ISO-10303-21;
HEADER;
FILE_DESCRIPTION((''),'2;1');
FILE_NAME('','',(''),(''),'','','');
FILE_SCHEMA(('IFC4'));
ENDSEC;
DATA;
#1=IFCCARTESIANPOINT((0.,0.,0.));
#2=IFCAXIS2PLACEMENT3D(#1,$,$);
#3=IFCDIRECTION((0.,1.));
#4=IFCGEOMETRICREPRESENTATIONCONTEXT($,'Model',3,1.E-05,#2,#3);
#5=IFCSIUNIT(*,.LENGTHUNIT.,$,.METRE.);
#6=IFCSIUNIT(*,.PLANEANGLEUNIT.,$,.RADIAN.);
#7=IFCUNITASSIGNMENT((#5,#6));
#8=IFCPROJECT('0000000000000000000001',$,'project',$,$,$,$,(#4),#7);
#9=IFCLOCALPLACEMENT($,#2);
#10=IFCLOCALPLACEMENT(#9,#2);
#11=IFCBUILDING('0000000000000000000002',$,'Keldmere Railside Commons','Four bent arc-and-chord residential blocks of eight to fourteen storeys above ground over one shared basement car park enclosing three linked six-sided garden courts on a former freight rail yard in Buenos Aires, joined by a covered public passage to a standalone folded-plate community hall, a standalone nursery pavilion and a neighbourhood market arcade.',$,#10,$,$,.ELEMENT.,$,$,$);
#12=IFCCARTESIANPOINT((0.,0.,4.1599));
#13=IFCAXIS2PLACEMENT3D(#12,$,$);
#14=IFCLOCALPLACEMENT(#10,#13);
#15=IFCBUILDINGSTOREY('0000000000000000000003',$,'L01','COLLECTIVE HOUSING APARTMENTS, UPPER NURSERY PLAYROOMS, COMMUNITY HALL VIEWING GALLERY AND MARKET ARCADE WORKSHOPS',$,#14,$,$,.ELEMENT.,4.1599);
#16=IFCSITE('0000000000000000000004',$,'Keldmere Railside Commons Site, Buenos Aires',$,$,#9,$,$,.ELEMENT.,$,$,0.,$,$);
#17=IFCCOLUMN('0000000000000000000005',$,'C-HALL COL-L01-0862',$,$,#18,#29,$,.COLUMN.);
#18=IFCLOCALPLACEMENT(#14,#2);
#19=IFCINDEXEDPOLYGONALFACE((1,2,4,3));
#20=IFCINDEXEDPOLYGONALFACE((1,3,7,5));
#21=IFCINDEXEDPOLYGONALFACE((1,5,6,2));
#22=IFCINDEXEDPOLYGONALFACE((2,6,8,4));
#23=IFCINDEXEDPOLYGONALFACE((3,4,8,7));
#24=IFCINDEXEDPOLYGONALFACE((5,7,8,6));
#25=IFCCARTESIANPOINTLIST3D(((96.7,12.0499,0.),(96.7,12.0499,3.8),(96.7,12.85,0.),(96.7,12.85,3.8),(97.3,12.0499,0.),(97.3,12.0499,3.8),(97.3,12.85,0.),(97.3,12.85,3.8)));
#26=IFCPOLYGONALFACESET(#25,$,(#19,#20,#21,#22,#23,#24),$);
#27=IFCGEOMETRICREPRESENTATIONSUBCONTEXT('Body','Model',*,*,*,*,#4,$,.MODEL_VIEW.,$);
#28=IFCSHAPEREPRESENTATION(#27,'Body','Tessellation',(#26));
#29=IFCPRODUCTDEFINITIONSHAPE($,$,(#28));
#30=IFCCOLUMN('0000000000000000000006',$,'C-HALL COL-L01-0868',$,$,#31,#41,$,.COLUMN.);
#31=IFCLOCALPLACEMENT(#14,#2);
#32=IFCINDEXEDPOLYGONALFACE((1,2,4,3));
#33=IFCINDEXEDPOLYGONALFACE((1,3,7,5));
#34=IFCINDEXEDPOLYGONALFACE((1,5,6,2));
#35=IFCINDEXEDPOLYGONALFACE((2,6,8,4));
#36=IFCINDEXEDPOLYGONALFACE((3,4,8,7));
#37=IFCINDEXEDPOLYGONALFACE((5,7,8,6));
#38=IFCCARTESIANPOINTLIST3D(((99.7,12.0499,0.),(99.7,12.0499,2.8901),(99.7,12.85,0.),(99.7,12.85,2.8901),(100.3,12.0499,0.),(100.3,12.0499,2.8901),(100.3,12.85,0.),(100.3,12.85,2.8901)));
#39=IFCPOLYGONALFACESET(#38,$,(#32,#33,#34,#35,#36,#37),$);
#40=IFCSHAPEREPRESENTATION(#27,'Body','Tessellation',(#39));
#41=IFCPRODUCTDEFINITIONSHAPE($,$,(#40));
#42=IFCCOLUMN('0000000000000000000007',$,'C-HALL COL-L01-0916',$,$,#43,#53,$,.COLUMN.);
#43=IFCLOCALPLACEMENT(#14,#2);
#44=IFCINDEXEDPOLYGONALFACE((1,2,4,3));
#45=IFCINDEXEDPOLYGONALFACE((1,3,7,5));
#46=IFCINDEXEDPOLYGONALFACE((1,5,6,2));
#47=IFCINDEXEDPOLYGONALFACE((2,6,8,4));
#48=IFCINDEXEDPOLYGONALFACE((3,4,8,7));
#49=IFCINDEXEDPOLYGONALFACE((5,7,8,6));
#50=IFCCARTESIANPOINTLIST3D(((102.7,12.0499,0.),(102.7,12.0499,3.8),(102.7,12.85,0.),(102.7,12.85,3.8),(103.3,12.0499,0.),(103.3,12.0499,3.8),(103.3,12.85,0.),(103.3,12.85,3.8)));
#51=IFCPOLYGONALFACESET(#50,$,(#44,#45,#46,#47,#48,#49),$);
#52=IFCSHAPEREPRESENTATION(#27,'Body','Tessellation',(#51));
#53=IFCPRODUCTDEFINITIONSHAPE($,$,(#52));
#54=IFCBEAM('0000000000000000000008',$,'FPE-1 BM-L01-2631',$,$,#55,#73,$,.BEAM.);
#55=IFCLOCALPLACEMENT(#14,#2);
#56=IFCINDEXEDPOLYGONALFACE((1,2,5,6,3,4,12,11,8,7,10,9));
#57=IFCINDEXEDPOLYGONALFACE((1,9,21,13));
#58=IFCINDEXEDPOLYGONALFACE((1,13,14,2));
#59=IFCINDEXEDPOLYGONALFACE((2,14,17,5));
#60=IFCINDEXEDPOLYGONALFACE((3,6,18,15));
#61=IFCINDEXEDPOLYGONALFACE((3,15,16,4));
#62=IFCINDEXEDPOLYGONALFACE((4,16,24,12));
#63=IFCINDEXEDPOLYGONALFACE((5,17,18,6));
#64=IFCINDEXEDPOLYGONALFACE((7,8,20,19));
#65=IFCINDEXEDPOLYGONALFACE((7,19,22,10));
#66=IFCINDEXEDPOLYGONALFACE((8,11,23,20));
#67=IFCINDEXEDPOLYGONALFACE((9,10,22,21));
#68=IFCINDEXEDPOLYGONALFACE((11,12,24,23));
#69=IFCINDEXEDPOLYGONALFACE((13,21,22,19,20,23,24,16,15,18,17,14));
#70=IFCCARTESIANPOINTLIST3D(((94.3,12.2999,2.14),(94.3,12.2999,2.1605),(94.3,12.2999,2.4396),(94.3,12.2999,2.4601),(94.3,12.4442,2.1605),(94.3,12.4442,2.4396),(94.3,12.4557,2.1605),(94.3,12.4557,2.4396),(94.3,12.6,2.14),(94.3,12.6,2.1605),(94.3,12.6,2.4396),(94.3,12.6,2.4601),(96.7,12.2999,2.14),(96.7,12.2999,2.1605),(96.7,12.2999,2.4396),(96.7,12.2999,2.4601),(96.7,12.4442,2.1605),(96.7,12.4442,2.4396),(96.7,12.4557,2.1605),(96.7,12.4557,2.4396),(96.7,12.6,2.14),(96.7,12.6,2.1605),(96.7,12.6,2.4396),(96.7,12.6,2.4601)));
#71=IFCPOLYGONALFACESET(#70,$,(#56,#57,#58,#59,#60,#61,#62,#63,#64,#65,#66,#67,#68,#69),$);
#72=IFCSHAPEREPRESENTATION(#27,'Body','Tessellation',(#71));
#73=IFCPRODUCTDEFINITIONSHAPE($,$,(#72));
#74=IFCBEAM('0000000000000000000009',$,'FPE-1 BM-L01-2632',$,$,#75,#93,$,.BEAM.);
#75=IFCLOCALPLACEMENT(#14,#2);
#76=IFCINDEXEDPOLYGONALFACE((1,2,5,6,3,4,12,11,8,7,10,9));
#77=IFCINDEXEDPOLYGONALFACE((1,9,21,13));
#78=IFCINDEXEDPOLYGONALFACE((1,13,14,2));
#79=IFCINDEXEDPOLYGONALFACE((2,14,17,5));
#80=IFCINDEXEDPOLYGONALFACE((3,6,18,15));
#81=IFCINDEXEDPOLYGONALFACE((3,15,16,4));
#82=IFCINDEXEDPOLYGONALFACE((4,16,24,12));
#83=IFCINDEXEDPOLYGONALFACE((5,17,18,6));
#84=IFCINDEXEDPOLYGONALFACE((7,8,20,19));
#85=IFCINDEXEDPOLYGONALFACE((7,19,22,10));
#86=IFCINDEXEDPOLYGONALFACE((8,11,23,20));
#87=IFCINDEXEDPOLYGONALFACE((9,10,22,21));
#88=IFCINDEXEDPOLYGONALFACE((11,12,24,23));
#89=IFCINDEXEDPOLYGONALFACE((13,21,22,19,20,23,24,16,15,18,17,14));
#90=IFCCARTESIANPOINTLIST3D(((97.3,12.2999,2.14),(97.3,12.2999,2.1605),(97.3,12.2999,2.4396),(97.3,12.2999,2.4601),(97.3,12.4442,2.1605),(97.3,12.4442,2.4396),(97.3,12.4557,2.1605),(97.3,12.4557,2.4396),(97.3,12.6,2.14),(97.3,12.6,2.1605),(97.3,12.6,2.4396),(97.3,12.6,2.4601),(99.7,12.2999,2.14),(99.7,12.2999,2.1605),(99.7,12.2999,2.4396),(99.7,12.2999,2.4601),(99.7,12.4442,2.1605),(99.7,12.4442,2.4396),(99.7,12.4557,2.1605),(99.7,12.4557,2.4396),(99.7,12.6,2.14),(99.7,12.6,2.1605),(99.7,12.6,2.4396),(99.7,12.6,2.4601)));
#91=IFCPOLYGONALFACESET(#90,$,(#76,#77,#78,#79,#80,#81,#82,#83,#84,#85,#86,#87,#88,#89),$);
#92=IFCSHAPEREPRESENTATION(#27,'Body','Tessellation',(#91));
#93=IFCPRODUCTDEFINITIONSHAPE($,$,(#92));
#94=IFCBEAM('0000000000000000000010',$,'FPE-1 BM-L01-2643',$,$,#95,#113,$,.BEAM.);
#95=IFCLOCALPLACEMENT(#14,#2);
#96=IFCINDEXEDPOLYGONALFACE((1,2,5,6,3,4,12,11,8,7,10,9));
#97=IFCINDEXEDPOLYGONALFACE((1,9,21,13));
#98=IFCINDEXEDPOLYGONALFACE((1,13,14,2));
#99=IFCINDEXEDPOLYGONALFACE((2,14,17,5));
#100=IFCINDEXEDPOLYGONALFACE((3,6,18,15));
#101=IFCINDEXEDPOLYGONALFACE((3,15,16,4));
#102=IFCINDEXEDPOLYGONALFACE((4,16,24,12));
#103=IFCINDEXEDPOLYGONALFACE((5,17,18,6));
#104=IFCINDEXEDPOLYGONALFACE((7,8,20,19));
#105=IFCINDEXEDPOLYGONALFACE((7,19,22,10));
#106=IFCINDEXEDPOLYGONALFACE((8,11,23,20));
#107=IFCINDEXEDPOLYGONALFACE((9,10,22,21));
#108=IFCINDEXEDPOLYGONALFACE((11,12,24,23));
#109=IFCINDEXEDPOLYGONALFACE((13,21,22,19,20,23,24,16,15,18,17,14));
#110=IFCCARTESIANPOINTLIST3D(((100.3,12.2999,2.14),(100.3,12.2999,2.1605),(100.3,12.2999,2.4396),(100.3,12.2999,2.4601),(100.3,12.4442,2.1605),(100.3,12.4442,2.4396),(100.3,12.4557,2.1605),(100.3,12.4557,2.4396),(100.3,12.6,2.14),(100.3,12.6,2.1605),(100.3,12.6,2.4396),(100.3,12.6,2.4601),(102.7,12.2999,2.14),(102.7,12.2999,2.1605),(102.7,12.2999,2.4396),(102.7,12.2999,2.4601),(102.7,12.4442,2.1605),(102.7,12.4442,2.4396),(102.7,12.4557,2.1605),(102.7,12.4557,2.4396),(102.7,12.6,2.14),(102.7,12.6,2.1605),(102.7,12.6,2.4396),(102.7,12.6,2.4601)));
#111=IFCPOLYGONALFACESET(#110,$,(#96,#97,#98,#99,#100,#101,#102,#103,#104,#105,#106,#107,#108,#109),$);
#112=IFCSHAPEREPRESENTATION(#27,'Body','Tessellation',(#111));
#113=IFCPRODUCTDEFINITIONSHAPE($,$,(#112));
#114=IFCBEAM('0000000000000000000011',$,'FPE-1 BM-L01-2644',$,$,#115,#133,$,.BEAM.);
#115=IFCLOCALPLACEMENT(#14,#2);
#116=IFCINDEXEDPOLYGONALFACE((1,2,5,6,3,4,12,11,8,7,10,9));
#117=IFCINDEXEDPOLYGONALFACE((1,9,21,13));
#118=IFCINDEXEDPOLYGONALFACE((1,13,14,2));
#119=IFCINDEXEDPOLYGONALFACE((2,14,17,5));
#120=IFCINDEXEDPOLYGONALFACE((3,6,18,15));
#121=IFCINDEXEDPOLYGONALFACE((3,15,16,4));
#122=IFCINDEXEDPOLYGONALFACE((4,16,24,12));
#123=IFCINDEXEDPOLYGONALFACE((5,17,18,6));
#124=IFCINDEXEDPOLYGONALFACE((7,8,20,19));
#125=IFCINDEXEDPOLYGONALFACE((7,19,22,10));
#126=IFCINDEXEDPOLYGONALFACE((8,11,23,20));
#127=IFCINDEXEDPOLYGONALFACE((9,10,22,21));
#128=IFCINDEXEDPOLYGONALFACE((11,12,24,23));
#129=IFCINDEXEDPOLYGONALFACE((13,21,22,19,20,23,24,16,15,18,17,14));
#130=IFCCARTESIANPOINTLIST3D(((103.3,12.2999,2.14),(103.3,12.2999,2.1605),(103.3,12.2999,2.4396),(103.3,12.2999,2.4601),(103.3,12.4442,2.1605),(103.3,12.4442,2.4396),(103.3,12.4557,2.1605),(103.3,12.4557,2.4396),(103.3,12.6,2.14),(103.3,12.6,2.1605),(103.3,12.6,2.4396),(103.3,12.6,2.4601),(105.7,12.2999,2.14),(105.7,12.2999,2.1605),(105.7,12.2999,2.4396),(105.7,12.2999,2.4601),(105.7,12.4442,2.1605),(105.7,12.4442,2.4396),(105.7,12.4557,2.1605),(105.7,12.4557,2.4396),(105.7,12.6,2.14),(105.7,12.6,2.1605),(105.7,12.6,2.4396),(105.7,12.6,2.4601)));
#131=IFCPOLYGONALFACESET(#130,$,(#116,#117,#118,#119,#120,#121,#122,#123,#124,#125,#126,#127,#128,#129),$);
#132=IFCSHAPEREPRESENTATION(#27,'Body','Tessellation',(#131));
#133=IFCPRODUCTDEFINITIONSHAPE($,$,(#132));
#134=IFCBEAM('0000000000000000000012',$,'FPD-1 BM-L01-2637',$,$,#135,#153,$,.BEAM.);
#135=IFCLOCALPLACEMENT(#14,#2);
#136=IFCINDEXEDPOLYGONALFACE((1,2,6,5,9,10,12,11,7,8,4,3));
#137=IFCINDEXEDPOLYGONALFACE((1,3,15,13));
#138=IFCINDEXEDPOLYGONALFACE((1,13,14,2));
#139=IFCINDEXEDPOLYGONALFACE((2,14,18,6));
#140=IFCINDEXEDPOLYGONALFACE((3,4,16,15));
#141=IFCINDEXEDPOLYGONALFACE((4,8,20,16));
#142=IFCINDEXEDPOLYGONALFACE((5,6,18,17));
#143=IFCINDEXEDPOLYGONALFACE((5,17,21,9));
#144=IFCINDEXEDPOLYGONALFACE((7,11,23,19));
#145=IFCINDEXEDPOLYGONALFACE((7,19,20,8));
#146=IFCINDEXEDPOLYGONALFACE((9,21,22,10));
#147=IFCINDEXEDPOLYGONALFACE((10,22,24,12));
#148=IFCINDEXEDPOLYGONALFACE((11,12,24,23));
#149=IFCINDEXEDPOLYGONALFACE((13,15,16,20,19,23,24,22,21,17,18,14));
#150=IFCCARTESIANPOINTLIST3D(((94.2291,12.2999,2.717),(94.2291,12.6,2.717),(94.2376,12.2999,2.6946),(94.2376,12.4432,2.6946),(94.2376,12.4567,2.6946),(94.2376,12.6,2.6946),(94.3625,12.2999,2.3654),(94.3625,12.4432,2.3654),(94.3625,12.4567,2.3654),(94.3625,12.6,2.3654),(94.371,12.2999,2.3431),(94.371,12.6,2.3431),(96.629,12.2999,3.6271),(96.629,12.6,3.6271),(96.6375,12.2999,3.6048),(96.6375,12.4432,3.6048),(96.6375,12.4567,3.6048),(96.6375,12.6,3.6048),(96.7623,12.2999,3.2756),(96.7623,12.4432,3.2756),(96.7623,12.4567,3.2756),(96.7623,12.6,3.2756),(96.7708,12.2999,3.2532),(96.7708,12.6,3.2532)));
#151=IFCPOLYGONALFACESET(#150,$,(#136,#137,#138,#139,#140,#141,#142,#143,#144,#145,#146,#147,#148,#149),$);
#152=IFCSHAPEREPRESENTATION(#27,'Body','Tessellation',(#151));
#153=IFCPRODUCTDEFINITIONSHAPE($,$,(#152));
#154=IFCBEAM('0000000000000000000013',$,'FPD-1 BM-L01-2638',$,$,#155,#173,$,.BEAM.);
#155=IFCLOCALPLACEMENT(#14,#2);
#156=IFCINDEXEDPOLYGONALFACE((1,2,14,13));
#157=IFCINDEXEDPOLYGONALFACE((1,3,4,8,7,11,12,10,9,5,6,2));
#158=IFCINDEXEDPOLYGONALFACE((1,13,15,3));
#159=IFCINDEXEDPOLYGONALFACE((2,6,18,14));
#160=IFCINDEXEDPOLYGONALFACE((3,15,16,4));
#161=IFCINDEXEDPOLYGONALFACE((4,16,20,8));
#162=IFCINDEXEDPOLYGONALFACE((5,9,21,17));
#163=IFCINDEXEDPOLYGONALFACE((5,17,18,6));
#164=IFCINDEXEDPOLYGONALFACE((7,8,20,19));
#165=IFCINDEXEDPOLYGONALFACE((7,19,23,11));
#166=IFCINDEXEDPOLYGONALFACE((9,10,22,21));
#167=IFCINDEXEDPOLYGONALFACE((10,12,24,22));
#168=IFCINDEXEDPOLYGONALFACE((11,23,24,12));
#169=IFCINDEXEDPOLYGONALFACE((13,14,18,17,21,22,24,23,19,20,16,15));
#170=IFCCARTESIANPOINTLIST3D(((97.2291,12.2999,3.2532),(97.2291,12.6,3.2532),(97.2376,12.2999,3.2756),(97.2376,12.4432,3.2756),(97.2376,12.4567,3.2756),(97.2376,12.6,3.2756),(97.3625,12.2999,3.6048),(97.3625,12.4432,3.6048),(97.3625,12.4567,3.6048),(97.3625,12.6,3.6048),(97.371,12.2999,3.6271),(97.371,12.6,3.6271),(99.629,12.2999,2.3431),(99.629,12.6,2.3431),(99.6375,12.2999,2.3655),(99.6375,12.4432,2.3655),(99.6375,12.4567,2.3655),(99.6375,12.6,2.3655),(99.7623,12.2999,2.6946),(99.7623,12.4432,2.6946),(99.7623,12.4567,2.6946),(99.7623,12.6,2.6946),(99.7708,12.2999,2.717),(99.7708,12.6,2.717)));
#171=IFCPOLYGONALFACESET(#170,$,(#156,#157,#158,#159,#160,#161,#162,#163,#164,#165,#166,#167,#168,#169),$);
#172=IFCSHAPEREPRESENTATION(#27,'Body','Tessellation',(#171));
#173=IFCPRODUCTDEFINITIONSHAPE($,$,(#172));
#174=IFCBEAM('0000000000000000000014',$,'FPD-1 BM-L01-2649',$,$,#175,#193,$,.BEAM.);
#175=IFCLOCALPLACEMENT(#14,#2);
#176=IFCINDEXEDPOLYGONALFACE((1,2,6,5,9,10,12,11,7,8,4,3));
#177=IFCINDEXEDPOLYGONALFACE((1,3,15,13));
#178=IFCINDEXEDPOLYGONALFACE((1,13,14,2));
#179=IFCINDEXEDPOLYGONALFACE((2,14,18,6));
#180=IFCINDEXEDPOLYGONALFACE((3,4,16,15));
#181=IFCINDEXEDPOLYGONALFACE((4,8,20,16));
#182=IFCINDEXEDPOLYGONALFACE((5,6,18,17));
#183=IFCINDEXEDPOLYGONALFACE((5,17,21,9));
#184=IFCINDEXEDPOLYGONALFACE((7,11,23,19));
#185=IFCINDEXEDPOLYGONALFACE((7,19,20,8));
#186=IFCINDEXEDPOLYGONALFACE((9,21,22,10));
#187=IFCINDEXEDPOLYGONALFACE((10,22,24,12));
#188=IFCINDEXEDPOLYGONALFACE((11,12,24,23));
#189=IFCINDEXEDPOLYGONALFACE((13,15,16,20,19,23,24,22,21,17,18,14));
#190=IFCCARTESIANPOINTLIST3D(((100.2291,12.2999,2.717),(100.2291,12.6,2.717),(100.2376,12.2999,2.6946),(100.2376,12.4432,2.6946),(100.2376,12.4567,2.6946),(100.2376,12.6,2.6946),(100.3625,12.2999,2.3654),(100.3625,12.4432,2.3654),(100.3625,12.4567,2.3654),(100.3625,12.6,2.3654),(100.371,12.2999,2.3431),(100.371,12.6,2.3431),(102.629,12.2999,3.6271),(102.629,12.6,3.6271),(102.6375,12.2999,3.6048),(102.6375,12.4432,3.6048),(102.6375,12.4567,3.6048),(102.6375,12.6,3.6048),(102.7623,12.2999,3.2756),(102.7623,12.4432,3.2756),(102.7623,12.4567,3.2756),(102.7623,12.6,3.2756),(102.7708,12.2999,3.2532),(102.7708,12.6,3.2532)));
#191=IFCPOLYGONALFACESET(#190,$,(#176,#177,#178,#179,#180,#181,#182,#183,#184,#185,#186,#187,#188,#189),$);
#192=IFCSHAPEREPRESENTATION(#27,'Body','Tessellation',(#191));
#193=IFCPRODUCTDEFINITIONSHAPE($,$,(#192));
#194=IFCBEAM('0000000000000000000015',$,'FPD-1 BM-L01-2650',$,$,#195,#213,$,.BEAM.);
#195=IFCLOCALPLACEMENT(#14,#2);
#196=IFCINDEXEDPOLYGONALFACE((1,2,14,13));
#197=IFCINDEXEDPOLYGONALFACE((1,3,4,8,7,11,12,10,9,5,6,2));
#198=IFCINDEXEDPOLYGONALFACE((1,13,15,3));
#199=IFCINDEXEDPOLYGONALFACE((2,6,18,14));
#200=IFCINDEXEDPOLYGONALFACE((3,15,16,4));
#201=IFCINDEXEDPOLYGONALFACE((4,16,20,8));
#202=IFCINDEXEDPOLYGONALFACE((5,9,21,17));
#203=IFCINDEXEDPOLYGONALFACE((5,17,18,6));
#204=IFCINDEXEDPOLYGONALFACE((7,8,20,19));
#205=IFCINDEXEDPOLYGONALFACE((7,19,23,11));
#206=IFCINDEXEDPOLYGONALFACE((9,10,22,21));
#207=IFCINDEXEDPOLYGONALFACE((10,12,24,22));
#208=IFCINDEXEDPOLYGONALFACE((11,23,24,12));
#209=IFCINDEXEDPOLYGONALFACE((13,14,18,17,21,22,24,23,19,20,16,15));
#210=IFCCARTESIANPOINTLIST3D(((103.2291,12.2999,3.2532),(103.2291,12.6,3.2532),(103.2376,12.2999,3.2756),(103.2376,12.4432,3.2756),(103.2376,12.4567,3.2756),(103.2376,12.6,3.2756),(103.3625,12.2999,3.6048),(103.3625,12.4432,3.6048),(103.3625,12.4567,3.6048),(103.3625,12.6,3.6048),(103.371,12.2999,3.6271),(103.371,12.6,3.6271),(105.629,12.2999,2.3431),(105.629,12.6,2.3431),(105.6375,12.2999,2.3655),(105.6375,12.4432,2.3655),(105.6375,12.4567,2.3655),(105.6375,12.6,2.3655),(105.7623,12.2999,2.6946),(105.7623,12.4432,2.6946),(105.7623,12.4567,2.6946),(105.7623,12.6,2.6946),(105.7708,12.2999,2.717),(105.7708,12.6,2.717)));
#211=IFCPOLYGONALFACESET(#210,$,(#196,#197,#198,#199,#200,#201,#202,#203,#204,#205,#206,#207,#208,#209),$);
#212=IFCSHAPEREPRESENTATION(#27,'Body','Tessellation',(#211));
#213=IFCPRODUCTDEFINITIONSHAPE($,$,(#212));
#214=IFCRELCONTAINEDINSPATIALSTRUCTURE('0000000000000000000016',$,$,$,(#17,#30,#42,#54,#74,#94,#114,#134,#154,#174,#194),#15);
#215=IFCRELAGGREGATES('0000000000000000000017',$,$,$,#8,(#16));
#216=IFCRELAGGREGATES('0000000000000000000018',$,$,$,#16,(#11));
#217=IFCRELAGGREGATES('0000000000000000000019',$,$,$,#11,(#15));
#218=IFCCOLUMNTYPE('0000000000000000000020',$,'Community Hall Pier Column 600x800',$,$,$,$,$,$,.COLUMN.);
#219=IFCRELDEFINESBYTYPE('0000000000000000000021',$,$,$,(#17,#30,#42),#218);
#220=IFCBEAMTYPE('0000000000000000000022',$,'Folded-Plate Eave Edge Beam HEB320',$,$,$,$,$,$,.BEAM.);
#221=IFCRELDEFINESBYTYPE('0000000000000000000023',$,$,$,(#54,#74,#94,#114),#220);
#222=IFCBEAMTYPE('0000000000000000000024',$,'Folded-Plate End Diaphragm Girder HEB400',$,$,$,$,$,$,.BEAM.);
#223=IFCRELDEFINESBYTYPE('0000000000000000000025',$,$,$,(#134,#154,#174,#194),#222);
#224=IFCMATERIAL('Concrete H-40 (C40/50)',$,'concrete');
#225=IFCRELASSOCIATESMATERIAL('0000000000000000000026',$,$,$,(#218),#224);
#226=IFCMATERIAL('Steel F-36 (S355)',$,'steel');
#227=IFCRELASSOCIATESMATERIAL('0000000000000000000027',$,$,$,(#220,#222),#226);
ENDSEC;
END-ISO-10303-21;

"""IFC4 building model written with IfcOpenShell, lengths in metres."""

from ifc_helpers import new_model, si_unit, direction, frame, origin, origin_2d, place, context, subcontext, project, spatial, rectangle, i_section, extrude, material, material_profile, profile_set, type_object, element, save


model = new_model("IFC4")

# Units and contexts
model_context = context("Model", 3, precision=1e-05, world=origin(), true_north=direction((0.0, 1.0)))
body_context = subcontext(model_context, "Body", "Model", "MODEL_VIEW")
ifc_project = project(units=[si_unit("LENGTHUNIT", "METRE"), si_unit("PLANEANGLEUNIT", "RADIAN")], contexts=[model_context])

# Site, building, storey
site_placement = place(None, origin())
site = spatial("IfcSite", under=ifc_project, at=site_placement, Name="Keldmere Railside Commons Site, Buenos Aires", CompositionType="ELEMENT", RefElevation=0.0)
building_placement = place(site_placement, origin())
building = spatial("IfcBuilding", under=site, at=building_placement, Name="Keldmere Railside Commons", Description="Four bent arc-and-chord residential blocks of eight to fourteen storeys above ground over one shared basement car park enclosing three linked six-sided garden courts on a former freight rail yard in Buenos Aires, joined by a covered public passage to a standalone folded-plate community hall, a standalone nursery pavilion and a neighbourhood market arcade.", CompositionType="ELEMENT")
storey_placement = place(building_placement, frame((0.0, 0.0, 4.1599)))
storey = spatial("IfcBuildingStorey", under=building, at=storey_placement, Name="L01", Description="COLLECTIVE HOUSING APARTMENTS, UPPER NURSERY PLAYROOMS, COMMUNITY HALL VIEWING GALLERY AND MARKET ARCADE WORKSHOPS", CompositionType="ELEMENT", Elevation=4.1599)

# Columns
ifc_material_1 = material(Name="Concrete H-40 (C40/50)", Category="concrete")
ifc_material_profile_1 = material_profile(ifc_material_1, rectangle(XDim=0.6001, YDim=0.8, at=origin_2d()), Name="RC-600x800")
ifc_profile_set_1 = profile_set([ifc_material_profile_1], Name="Concrete H-40 (C40/50)")
column_type = type_object("IfcColumnType", Name="Community Hall Pier Column 600x800", PredefinedType="COLUMN", material=ifc_profile_set_1)
column_1_placement = place(storey_placement, frame((97.0, 12.45, 0.0), z_axis=(0.0, 0.0, 1.0), x_axis=(1.0, 0.0, 0.0)))
element("IfcColumn", 1, at=column_1_placement, inside=storey, type_object=column_type, Name="C-HALL COL-L01-0862", PredefinedType="COLUMN", context=body_context, shape_type="SweptSolid", body=[
    extrude(rectangle(XDim=0.6001, YDim=0.8, at=origin_2d()), origin(), (0.0, 0.0, 1.0), 3.8),
])
column_2_placement = place(storey_placement, frame((100.0, 12.45, 0.0), z_axis=(0.0, 0.0, 1.0), x_axis=(1.0, 0.0, 0.0)))
element("IfcColumn", 2, at=column_2_placement, inside=storey, type_object=column_type, Name="C-HALL COL-L01-0868", PredefinedType="COLUMN", context=body_context, shape_type="SweptSolid", body=[
    extrude(rectangle(XDim=0.6001, YDim=0.8, at=origin_2d()), origin(), (0.0, 0.0, 1.0), 2.8901),
])
column_3_placement = place(storey_placement, frame((103.0, 12.45, 0.0), z_axis=(0.0, 0.0, 1.0), x_axis=(1.0, 0.0, 0.0)))
element("IfcColumn", 3, at=column_3_placement, inside=storey, type_object=column_type, Name="C-HALL COL-L01-0916", PredefinedType="COLUMN", context=body_context, shape_type="SweptSolid", body=[
    extrude(rectangle(XDim=0.6001, YDim=0.8, at=origin_2d()), origin(), (0.0, 0.0, 1.0), 3.8),
])

# Beams
ifc_material_2 = material(Name="Steel F-36 (S355)", Category="steel")
ifc_material_profile_2 = material_profile(ifc_material_2, i_section(OverallWidth=0.3, OverallDepth=0.3201, WebThickness=0.0115, FlangeThickness=0.0205, at=origin_2d()), Name="HEB-320")
ifc_profile_set_2 = profile_set([ifc_material_profile_2], Name="Steel F-36 (S355)")
beam_type_1 = type_object("IfcBeamType", Name="Folded-Plate Eave Edge Beam HEB320", PredefinedType="BEAM", material=ifc_profile_set_2)
for number, where, z_axis, x_axis, name in (
    (4, (94.3, 12.45, 2.3), (1.0, 0.0, 0.0), (0.0, 1.0, 0.0), "FPE-1 BM-L01-2631"),
    (5, (97.3, 12.45, 2.3), (1.0, 0.0, 0.0), (0.0, 1.0, 0.0), "FPE-1 BM-L01-2632"),
    (6, (100.3, 12.45, 2.3), (1.0, 0.0, 0.0), (0.0, 1.0, 0.0), "FPE-1 BM-L01-2643"),
    (7, (103.3, 12.45, 2.3), (1.0, 0.0, 0.0), (0.0, 1.0, 0.0), "FPE-1 BM-L01-2644"),
):
    element("IfcBeam", number, at=place(storey_placement, frame(where, z_axis=z_axis, x_axis=x_axis)), inside=storey, type_object=beam_type_1, Name=name, PredefinedType="BEAM", context=body_context, shape_type="SweptSolid", body=[
        extrude(i_section(OverallWidth=0.3, OverallDepth=0.3201, WebThickness=0.0115, FlangeThickness=0.0205, at=origin_2d()), origin(), (0.0, 0.0, 1.0), 2.3999),
    ])
ifc_material_profile_3 = material_profile(ifc_material_2, i_section(OverallWidth=0.3, OverallDepth=0.3999, WebThickness=0.0134, FlangeThickness=0.0239, at=origin_2d()), Name="HEB-400")
ifc_profile_set_3 = profile_set([ifc_material_profile_3], Name="Steel F-36 (S355)")
beam_type_2 = type_object("IfcBeamType", Name="Folded-Plate End Diaphragm Girder HEB400", PredefinedType="BEAM", material=ifc_profile_set_3)
for number, where, z_axis, x_axis, name in (
    (8, (94.3, 12.45, 2.53), (0.935017, 0.0, 0.354603), (0.0, 1.0, 0.0), "FPD-1 BM-L01-2637"),
    (9, (97.3, 12.45, 3.4402), (0.935017, 0.0, -0.354603), (0.0, 1.0, 0.0), "FPD-1 BM-L01-2638"),
    (10, (100.3, 12.45, 2.53), (0.935017, 0.0, 0.354603), (0.0, 1.0, 0.0), "FPD-1 BM-L01-2649"),
    (11, (103.3, 12.45, 3.4402), (0.935017, 0.0, -0.354603), (0.0, 1.0, 0.0), "FPD-1 BM-L01-2650"),
):
    element("IfcBeam", number, at=place(storey_placement, frame(where, z_axis=z_axis, x_axis=x_axis)), inside=storey, type_object=beam_type_2, Name=name, PredefinedType="BEAM", context=body_context, shape_type="SweptSolid", body=[
        extrude(i_section(OverallWidth=0.3, OverallDepth=0.3999, WebThickness=0.0134, FlangeThickness=0.0239, at=origin_2d()), origin(), (0.0, 0.0, 1.0), 2.5667),
    ])

save(model, "model.ifc")
